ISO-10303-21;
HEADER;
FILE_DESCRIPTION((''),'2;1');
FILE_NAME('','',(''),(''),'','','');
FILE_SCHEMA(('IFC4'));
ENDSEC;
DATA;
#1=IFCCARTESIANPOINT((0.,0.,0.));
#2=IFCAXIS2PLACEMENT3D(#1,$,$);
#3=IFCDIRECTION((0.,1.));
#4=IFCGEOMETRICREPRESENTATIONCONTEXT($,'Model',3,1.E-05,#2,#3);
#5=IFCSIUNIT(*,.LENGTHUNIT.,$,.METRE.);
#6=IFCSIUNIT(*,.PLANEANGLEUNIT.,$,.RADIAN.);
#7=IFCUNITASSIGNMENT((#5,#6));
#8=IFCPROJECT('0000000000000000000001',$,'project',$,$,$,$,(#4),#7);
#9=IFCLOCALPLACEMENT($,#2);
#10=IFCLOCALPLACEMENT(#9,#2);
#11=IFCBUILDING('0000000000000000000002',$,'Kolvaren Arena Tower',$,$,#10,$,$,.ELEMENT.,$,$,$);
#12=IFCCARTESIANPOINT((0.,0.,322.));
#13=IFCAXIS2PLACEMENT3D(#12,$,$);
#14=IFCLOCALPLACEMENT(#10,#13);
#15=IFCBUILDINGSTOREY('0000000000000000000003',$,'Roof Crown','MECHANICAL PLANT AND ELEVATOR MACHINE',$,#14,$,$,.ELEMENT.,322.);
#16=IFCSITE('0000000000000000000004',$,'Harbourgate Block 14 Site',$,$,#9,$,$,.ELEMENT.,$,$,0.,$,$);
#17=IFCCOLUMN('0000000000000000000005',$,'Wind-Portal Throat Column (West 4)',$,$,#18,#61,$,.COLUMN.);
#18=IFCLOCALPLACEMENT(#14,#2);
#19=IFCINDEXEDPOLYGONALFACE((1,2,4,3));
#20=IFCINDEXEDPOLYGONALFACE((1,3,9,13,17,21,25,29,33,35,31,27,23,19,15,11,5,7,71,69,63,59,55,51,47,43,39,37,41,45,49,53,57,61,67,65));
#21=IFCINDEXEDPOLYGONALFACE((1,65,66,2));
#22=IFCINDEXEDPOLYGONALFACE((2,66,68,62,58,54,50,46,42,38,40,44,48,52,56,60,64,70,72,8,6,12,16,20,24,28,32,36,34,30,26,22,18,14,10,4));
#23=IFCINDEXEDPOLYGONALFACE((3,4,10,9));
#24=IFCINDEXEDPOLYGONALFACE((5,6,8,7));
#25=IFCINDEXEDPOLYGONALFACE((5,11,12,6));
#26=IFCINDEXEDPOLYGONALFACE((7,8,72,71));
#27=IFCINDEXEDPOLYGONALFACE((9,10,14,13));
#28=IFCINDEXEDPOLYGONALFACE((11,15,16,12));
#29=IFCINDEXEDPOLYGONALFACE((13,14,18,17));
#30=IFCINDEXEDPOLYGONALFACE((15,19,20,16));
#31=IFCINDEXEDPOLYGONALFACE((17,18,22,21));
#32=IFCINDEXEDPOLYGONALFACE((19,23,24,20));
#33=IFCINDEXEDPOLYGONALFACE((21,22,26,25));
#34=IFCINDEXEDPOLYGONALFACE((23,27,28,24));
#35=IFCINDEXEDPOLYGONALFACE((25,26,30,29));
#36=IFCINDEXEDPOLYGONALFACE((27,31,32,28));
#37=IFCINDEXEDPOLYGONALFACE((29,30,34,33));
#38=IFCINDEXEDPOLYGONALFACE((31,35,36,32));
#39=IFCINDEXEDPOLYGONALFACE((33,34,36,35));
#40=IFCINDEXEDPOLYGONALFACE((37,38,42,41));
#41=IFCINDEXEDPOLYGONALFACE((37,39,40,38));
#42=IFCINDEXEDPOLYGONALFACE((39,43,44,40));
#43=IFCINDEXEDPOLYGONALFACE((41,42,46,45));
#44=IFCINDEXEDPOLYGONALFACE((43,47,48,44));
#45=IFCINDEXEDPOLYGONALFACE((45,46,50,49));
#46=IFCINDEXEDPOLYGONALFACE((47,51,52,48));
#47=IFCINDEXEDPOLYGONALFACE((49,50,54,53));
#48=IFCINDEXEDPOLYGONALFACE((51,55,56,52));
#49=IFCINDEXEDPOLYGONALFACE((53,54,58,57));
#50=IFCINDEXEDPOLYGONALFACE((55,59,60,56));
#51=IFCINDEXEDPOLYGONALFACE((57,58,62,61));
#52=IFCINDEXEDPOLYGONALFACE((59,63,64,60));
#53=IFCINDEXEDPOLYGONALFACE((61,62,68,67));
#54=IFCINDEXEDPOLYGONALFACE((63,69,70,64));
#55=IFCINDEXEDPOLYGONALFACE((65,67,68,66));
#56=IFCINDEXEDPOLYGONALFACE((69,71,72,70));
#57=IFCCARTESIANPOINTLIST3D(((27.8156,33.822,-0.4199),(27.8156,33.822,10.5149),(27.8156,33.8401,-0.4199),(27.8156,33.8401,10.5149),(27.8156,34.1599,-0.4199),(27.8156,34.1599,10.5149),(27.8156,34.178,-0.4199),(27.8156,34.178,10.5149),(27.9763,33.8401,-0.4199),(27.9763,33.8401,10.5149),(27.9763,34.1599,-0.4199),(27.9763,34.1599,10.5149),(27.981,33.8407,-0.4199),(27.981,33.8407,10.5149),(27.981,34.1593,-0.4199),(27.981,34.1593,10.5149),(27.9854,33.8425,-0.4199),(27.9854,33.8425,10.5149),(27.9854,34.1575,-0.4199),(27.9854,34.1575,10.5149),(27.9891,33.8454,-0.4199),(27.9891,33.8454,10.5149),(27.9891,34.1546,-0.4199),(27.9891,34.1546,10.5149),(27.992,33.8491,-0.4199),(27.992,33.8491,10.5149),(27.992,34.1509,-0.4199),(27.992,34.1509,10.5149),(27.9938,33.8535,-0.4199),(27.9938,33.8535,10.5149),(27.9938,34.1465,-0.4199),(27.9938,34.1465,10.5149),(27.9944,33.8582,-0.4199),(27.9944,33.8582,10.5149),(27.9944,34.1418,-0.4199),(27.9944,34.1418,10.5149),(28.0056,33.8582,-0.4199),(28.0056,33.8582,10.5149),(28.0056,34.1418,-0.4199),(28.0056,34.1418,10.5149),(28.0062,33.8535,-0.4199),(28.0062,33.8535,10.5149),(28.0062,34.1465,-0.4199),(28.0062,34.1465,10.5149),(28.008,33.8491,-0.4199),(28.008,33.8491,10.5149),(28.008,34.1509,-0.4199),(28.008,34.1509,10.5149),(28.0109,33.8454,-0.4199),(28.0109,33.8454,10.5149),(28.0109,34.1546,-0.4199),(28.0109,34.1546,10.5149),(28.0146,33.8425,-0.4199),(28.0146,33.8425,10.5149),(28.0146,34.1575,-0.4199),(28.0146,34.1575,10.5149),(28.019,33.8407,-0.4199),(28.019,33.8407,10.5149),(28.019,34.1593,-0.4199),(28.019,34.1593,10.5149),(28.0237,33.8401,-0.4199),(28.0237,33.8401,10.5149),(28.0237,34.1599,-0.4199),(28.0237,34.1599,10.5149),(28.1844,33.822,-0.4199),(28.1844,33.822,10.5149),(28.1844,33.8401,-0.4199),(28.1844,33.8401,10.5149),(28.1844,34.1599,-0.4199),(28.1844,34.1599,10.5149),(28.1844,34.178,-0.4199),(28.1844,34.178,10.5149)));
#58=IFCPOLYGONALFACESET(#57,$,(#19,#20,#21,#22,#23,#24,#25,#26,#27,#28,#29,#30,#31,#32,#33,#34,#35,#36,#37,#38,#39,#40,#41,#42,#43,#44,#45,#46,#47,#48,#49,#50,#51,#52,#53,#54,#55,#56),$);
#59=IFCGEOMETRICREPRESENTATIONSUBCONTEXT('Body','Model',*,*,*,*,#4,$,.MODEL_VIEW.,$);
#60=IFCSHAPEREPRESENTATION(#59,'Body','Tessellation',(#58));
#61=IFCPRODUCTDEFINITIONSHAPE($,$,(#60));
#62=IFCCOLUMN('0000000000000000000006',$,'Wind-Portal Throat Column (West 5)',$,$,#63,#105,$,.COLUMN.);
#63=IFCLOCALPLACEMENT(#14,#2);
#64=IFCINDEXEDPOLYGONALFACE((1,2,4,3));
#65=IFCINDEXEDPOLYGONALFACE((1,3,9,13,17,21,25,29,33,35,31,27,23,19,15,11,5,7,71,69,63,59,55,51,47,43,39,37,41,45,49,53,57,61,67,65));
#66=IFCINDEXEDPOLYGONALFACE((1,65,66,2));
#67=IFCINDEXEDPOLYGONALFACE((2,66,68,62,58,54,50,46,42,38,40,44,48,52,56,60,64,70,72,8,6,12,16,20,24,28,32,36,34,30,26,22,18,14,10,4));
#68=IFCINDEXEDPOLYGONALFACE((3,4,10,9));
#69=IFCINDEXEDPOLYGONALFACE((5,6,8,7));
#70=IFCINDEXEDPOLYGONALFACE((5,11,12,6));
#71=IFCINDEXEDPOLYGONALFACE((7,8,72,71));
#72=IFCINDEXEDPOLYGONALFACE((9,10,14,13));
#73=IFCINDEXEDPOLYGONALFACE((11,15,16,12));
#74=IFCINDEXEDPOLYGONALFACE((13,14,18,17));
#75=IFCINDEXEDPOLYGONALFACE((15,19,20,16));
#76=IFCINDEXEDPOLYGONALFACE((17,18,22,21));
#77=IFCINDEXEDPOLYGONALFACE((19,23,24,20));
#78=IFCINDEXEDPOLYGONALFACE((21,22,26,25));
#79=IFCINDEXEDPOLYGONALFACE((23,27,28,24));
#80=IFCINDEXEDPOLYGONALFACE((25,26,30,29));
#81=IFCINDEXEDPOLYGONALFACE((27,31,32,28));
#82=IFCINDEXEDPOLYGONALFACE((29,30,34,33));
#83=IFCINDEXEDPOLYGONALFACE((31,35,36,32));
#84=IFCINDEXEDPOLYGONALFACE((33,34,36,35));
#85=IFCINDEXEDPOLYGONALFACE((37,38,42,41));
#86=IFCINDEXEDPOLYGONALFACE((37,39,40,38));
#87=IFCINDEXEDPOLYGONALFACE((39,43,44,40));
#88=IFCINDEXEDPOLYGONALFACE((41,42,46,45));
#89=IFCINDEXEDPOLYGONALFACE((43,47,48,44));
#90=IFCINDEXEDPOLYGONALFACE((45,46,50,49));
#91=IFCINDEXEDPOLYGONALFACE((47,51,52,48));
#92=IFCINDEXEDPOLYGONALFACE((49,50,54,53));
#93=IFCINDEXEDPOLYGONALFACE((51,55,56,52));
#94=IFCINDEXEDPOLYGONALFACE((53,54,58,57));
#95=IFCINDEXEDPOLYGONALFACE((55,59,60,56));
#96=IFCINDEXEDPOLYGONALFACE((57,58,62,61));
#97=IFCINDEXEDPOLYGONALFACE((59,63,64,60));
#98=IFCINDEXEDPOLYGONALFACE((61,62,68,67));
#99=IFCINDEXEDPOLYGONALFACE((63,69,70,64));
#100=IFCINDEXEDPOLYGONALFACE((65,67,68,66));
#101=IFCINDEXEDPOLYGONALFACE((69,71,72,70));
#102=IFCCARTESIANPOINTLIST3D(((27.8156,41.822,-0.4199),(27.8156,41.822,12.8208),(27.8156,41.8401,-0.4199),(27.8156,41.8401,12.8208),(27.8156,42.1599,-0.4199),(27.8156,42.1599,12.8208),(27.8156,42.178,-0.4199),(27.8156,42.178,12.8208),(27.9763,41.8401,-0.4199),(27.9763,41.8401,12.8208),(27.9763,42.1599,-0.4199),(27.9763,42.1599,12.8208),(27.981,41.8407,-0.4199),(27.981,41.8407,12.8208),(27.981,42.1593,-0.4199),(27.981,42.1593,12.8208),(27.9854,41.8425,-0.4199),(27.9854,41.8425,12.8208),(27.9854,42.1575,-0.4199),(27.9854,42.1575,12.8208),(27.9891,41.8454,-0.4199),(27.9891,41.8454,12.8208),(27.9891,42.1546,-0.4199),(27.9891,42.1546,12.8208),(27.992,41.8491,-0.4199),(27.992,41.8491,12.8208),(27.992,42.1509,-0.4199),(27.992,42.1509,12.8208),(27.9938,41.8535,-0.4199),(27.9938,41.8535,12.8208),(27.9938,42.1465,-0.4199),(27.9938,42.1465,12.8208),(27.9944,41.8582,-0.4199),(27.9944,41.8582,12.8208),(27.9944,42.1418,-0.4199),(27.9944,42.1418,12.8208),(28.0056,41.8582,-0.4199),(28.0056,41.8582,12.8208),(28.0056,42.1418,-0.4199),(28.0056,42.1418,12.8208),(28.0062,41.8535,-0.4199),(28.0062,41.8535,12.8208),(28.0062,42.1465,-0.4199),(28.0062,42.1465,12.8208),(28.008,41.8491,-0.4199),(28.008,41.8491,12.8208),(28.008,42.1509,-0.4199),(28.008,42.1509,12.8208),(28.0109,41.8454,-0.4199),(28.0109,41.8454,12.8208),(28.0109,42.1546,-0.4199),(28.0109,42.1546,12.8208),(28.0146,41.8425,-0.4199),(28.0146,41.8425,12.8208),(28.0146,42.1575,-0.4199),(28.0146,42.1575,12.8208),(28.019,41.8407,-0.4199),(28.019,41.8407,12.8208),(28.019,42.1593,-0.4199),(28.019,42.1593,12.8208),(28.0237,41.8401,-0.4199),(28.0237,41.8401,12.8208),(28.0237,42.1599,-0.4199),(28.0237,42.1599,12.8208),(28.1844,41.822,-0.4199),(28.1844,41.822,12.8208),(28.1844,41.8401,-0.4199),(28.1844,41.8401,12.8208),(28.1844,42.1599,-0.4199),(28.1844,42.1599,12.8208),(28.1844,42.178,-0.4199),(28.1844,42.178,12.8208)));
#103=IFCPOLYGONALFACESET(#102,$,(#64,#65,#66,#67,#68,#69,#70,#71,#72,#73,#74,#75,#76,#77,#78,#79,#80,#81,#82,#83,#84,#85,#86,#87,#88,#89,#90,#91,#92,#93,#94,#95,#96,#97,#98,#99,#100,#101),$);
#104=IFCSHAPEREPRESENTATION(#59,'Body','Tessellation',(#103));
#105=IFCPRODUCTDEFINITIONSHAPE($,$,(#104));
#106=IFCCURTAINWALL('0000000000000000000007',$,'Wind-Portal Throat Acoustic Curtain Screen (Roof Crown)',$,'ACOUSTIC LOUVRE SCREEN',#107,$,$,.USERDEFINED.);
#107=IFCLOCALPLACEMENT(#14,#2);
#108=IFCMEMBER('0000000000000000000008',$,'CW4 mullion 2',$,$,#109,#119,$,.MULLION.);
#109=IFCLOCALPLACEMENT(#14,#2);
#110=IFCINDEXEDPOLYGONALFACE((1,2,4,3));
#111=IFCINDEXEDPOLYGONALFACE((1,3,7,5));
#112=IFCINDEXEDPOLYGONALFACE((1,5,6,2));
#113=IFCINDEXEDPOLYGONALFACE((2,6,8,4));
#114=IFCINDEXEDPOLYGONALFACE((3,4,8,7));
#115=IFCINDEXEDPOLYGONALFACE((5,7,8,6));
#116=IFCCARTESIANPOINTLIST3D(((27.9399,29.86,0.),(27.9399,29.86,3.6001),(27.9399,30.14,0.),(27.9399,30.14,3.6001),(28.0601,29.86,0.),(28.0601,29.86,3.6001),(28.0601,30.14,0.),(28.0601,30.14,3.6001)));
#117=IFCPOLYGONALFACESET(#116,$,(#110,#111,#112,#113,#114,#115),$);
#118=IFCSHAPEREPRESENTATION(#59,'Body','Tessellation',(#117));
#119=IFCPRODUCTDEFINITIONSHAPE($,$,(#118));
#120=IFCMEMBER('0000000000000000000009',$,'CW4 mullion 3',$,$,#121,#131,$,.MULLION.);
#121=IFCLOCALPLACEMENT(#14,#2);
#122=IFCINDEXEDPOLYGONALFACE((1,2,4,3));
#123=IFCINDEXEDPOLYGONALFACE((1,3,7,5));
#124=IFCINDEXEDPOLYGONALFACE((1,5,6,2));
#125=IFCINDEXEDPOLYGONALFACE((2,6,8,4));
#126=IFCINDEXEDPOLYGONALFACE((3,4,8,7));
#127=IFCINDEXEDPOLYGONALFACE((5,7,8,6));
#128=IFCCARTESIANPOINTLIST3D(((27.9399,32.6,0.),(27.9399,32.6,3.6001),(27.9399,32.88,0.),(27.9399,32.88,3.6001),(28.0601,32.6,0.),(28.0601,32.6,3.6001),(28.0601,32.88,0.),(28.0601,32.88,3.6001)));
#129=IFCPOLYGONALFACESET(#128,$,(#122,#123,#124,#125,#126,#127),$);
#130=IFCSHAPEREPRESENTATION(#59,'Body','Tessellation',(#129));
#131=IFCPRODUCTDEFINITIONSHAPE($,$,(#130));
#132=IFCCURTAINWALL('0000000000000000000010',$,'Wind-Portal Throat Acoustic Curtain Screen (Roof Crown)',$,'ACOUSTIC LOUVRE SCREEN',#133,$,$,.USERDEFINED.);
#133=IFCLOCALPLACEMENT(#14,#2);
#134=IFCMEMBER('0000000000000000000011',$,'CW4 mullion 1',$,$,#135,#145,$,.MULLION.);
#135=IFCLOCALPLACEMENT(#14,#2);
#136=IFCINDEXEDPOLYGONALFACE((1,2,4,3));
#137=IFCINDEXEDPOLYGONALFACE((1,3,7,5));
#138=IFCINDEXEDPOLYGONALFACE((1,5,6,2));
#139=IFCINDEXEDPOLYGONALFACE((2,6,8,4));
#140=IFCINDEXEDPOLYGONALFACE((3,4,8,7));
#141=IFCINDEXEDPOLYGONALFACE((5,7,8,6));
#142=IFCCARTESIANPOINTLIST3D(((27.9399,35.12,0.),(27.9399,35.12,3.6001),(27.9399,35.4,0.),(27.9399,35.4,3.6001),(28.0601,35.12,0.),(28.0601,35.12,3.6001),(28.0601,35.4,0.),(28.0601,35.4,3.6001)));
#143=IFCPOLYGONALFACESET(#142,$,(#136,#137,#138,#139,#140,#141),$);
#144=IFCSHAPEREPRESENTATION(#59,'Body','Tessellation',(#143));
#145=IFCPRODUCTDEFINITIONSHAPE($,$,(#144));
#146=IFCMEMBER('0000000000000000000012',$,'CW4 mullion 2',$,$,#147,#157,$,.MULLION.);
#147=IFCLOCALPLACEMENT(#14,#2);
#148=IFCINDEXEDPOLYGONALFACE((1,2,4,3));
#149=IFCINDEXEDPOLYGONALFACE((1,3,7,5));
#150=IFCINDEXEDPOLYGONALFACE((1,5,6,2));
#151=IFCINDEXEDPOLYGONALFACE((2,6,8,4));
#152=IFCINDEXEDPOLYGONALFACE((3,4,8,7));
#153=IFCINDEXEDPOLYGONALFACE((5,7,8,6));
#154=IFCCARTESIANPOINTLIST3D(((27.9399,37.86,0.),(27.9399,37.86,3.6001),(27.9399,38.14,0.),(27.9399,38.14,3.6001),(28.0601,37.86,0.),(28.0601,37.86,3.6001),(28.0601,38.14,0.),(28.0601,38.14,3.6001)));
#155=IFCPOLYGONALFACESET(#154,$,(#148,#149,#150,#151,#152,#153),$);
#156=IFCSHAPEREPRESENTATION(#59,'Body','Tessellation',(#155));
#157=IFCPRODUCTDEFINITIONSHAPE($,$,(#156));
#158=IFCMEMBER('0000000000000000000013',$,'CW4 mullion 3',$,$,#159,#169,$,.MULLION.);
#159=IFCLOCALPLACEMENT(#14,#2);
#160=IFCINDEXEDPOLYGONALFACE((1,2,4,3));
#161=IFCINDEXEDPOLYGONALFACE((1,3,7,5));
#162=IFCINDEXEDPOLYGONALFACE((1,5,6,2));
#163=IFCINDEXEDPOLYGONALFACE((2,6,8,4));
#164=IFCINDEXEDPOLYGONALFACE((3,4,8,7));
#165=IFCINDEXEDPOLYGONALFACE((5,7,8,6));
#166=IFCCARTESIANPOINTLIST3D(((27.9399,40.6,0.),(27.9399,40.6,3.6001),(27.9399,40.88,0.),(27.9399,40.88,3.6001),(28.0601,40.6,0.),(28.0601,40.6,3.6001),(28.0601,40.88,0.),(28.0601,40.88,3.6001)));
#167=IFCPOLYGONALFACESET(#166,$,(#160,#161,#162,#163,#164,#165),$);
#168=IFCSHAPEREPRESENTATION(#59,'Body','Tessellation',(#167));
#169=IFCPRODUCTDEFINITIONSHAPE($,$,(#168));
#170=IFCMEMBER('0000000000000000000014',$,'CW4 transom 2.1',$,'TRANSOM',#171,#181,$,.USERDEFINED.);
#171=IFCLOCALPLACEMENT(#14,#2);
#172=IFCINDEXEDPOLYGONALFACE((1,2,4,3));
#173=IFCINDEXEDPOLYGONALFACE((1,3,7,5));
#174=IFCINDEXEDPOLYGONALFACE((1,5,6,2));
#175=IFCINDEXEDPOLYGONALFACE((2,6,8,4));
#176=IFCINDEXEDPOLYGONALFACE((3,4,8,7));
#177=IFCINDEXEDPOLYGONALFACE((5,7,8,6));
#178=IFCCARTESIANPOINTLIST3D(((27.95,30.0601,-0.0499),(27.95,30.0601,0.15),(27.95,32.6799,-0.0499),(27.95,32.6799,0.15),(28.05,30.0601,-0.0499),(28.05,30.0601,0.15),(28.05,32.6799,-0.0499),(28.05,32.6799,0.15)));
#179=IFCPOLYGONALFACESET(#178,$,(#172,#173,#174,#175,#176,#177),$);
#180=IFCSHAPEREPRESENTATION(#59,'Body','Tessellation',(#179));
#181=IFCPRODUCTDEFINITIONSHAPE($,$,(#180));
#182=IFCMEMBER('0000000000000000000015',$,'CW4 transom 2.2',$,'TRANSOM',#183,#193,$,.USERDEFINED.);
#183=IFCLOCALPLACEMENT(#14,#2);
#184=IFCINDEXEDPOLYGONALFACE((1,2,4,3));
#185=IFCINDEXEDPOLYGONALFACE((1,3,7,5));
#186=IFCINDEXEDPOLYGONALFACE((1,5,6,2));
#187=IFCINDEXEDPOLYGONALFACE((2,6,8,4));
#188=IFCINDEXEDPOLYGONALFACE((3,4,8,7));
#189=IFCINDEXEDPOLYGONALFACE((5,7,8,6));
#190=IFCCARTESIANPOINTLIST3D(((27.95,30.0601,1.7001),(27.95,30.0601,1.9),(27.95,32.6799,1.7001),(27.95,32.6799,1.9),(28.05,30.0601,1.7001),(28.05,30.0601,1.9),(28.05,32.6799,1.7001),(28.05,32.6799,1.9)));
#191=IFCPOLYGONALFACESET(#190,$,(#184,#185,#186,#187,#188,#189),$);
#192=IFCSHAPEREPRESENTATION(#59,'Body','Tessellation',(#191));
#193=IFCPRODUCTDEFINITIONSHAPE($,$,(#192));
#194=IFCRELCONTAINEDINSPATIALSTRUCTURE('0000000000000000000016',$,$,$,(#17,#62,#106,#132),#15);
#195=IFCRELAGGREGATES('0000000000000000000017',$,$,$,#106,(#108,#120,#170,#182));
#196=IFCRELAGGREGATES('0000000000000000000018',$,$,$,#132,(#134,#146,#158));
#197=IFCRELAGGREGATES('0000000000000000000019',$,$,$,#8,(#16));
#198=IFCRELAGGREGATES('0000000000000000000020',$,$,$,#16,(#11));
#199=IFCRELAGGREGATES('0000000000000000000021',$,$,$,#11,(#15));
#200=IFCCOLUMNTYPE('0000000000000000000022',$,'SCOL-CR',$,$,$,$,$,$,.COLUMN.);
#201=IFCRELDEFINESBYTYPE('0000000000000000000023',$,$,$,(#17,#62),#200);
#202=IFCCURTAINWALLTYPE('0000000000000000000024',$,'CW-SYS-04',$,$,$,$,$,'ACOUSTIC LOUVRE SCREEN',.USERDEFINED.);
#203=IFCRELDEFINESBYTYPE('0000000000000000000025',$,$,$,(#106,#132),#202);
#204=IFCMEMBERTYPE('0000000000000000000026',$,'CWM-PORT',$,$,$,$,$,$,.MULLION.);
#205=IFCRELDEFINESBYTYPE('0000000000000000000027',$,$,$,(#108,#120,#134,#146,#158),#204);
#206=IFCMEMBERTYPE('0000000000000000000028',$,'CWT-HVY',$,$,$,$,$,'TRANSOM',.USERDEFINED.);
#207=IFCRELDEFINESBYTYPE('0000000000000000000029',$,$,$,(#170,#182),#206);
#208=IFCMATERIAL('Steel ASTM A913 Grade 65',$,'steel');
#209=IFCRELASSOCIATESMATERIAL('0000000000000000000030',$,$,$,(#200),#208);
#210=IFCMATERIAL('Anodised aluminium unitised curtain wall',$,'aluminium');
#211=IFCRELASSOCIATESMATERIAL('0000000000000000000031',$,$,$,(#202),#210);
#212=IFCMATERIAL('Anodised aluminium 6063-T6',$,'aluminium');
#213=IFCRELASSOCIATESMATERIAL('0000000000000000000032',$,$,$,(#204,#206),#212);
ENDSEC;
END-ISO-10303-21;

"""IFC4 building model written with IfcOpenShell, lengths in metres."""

from ifc_helpers import new_model, si_unit, direction, frame, origin, origin_2d, place, context, subcontext, project, spatial, rectangle, i_section, extrude, material, material_profile, profile_set, type_object, element, aggregate, save


model = new_model("IFC4")

# Units and contexts
model_context = context("Model", 3, precision=1e-05, world=origin(), true_north=direction((0.0, 1.0)))
body_context = subcontext(model_context, "Body", "Model", "MODEL_VIEW")
ifc_project = project(units=[si_unit("LENGTHUNIT", "METRE"), si_unit("PLANEANGLEUNIT", "RADIAN")], contexts=[model_context])

# Site, building, storey
site_placement = place(None, origin())
site = spatial("IfcSite", under=ifc_project, at=site_placement, Name="Harbourgate Block 14 Site", CompositionType="ELEMENT", RefElevation=0.0)
building_placement = place(site_placement, origin())
building = spatial("IfcBuilding", under=site, at=building_placement, Name="Kolvaren Arena Tower", CompositionType="ELEMENT")
storey_placement = place(building_placement, frame((0.0, 0.0, 322.0)))
storey = spatial("IfcBuildingStorey", under=building, at=storey_placement, Name="Roof Crown", Description="MECHANICAL PLANT AND ELEVATOR MACHINE", CompositionType="ELEMENT", Elevation=322.0)

# Columns
ifc_material_1 = material(Name="Steel ASTM A913 Grade 65", Category="steel")
ifc_material_profile_1 = material_profile(ifc_material_1, i_section(OverallWidth=0.3689, OverallDepth=0.356, WebThickness=0.0112, FlangeThickness=0.0181, FilletRadius=0.0181, at=origin_2d()), Name="W360x134")
ifc_profile_set_1 = profile_set([ifc_material_profile_1], Name="Steel ASTM A913 Grade 65")
column_type = type_object("IfcColumnType", Name="SCOL-CR", PredefinedType="COLUMN", material=ifc_profile_set_1)
column_1_placement = place(storey_placement, frame((28.0, 34.0, -0.4199), z_axis=(0.0, 0.0, 1.0), x_axis=(1.0, 0.0, 0.0)))
element("IfcColumn", 1, at=column_1_placement, inside=storey, type_object=column_type, Name="Wind-Portal Throat Column (West 4)", PredefinedType="COLUMN", context=body_context, shape_type="SweptSolid", body=[
    extrude(i_section(OverallWidth=0.3689, OverallDepth=0.356, WebThickness=0.0112, FlangeThickness=0.0181, FilletRadius=0.0181, at=origin_2d()), origin(), (0.0, 0.0, 1.0), 10.9348),
])
column_2_placement = place(storey_placement, frame((28.0, 42.0, -0.4199), z_axis=(0.0, 0.0, 1.0), x_axis=(1.0, 0.0, 0.0)))
element("IfcColumn", 2, at=column_2_placement, inside=storey, type_object=column_type, Name="Wind-Portal Throat Column (West 5)", PredefinedType="COLUMN", context=body_context, shape_type="SweptSolid", body=[
    extrude(i_section(OverallWidth=0.3689, OverallDepth=0.356, WebThickness=0.0112, FlangeThickness=0.0181, FilletRadius=0.0181, at=origin_2d()), origin(), (0.0, 0.0, 1.0), 13.2407),
])

# Curtain walls, members
ifc_material_2 = material(Name="Anodised aluminium unitised curtain wall", Category="aluminium")
curtain_wall_type = type_object("IfcCurtainWallType", Name="CW-SYS-04", ElementType="ACOUSTIC LOUVRE SCREEN", PredefinedType="USERDEFINED", material=ifc_material_2)
curtain_wall_1_placement = place(storey_placement, origin())
curtain_wall_1 = element("IfcCurtainWall", 3, at=curtain_wall_1_placement, inside=storey, type_object=curtain_wall_type, Name="Wind-Portal Throat Acoustic Curtain Screen (Roof Crown)", ObjectType="ACOUSTIC LOUVRE SCREEN", PredefinedType="USERDEFINED")
ifc_material_3 = material(Name="Anodised aluminium 6063-T6", Category="aluminium")
ifc_material_profile_2 = material_profile(ifc_material_3, rectangle(XDim=0.1201, YDim=0.28, at=origin_2d()), Name="ALU-120x280")
ifc_profile_set_2 = profile_set([ifc_material_profile_2], Name="Anodised aluminium 6063-T6")
member_type_1 = type_object("IfcMemberType", Name="CWM-PORT", PredefinedType="MULLION", material=ifc_profile_set_2)
member_1_placement = place(storey_placement, frame((28.0, 30.0, 0.0), z_axis=(0.0, 0.0, 1.0), x_axis=(-1.0, 0.0, 0.0)))
member_1 = element("IfcMember", 4, at=member_1_placement, type_object=member_type_1, Name="CW4 mullion 2", PredefinedType="MULLION", context=body_context, shape_type="SweptSolid", body=[
    extrude(rectangle(XDim=0.1201, YDim=0.28, at=origin_2d()), origin(), (0.0, 0.0, 1.0), 3.6001),
])
member_2_placement = place(storey_placement, frame((28.0, 32.74, 0.0), z_axis=(0.0, 0.0, 1.0), x_axis=(-1.0, 0.0, 0.0)))
member_2 = element("IfcMember", 5, at=member_2_placement, type_object=member_type_1, Name="CW4 mullion 3", PredefinedType="MULLION", context=body_context, shape_type="SweptSolid", body=[
    extrude(rectangle(XDim=0.1201, YDim=0.28, at=origin_2d()), origin(), (0.0, 0.0, 1.0), 3.6001),
])
curtain_wall_2_placement = place(storey_placement, origin())
curtain_wall_2 = element("IfcCurtainWall", 6, at=curtain_wall_2_placement, inside=storey, type_object=curtain_wall_type, Name="Wind-Portal Throat Acoustic Curtain Screen (Roof Crown)", ObjectType="ACOUSTIC LOUVRE SCREEN", PredefinedType="USERDEFINED")
member_3_placement = place(storey_placement, frame((28.0, 35.26, 0.0), z_axis=(0.0, 0.0, 1.0), x_axis=(-1.0, 0.0, 0.0)))
member_3 = element("IfcMember", 7, at=member_3_placement, type_object=member_type_1, Name="CW4 mullion 1", PredefinedType="MULLION", context=body_context, shape_type="SweptSolid", body=[
    extrude(rectangle(XDim=0.1201, YDim=0.28, at=origin_2d()), origin(), (0.0, 0.0, 1.0), 3.6001),
])
member_4_placement = place(storey_placement, frame((28.0, 38.0, 0.0), z_axis=(0.0, 0.0, 1.0), x_axis=(-1.0, 0.0, 0.0)))
member_4 = element("IfcMember", 8, at=member_4_placement, type_object=member_type_1, Name="CW4 mullion 2", PredefinedType="MULLION", context=body_context, shape_type="SweptSolid", body=[
    extrude(rectangle(XDim=0.1201, YDim=0.28, at=origin_2d()), origin(), (0.0, 0.0, 1.0), 3.6001),
])
member_5_placement = place(storey_placement, frame((28.0, 40.74, 0.0), z_axis=(0.0, 0.0, 1.0), x_axis=(-1.0, 0.0, 0.0)))
member_5 = element("IfcMember", 9, at=member_5_placement, type_object=member_type_1, Name="CW4 mullion 3", PredefinedType="MULLION", context=body_context, shape_type="SweptSolid", body=[
    extrude(rectangle(XDim=0.1201, YDim=0.28, at=origin_2d()), origin(), (0.0, 0.0, 1.0), 3.6001),
])

# Members
ifc_material_profile_3 = material_profile(ifc_material_3, rectangle(XDim=0.1001, YDim=0.2, at=origin_2d()), Name="ALU-100x200")
ifc_profile_set_3 = profile_set([ifc_material_profile_3], Name="Anodised aluminium 6063-T6")
member_type_2 = type_object("IfcMemberType", Name="CWT-HVY", ElementType="TRANSOM", PredefinedType="USERDEFINED", material=ifc_profile_set_3)
member_6_placement = place(storey_placement, frame((28.0, 30.0601, 0.05), z_axis=(0.0, 1.0, 0.0), x_axis=(-1.0, 0.0, 0.0)))
member_6 = element("IfcMember", 10, at=member_6_placement, type_object=member_type_2, Name="CW4 transom 2.1", ObjectType="TRANSOM", PredefinedType="USERDEFINED", context=body_context, shape_type="SweptSolid", body=[
    extrude(rectangle(XDim=0.1001, YDim=0.2, at=origin_2d()), origin(), (0.0, 0.0, 1.0), 2.6199),
])
member_7_placement = place(storey_placement, frame((28.0, 30.0601, 1.8), z_axis=(0.0, 1.0, 0.0), x_axis=(-1.0, 0.0, 0.0)))
member_7 = element("IfcMember", 11, at=member_7_placement, type_object=member_type_2, Name="CW4 transom 2.2", ObjectType="TRANSOM", PredefinedType="USERDEFINED", context=body_context, shape_type="SweptSolid", body=[
    extrude(rectangle(XDim=0.1001, YDim=0.2, at=origin_2d()), origin(), (0.0, 0.0, 1.0), 2.6199),
])

aggregate(curtain_wall_1, [member_1, member_2, member_6, member_7])
aggregate(curtain_wall_2, [member_3, member_4, member_5])

save(model, "model.ifc")
